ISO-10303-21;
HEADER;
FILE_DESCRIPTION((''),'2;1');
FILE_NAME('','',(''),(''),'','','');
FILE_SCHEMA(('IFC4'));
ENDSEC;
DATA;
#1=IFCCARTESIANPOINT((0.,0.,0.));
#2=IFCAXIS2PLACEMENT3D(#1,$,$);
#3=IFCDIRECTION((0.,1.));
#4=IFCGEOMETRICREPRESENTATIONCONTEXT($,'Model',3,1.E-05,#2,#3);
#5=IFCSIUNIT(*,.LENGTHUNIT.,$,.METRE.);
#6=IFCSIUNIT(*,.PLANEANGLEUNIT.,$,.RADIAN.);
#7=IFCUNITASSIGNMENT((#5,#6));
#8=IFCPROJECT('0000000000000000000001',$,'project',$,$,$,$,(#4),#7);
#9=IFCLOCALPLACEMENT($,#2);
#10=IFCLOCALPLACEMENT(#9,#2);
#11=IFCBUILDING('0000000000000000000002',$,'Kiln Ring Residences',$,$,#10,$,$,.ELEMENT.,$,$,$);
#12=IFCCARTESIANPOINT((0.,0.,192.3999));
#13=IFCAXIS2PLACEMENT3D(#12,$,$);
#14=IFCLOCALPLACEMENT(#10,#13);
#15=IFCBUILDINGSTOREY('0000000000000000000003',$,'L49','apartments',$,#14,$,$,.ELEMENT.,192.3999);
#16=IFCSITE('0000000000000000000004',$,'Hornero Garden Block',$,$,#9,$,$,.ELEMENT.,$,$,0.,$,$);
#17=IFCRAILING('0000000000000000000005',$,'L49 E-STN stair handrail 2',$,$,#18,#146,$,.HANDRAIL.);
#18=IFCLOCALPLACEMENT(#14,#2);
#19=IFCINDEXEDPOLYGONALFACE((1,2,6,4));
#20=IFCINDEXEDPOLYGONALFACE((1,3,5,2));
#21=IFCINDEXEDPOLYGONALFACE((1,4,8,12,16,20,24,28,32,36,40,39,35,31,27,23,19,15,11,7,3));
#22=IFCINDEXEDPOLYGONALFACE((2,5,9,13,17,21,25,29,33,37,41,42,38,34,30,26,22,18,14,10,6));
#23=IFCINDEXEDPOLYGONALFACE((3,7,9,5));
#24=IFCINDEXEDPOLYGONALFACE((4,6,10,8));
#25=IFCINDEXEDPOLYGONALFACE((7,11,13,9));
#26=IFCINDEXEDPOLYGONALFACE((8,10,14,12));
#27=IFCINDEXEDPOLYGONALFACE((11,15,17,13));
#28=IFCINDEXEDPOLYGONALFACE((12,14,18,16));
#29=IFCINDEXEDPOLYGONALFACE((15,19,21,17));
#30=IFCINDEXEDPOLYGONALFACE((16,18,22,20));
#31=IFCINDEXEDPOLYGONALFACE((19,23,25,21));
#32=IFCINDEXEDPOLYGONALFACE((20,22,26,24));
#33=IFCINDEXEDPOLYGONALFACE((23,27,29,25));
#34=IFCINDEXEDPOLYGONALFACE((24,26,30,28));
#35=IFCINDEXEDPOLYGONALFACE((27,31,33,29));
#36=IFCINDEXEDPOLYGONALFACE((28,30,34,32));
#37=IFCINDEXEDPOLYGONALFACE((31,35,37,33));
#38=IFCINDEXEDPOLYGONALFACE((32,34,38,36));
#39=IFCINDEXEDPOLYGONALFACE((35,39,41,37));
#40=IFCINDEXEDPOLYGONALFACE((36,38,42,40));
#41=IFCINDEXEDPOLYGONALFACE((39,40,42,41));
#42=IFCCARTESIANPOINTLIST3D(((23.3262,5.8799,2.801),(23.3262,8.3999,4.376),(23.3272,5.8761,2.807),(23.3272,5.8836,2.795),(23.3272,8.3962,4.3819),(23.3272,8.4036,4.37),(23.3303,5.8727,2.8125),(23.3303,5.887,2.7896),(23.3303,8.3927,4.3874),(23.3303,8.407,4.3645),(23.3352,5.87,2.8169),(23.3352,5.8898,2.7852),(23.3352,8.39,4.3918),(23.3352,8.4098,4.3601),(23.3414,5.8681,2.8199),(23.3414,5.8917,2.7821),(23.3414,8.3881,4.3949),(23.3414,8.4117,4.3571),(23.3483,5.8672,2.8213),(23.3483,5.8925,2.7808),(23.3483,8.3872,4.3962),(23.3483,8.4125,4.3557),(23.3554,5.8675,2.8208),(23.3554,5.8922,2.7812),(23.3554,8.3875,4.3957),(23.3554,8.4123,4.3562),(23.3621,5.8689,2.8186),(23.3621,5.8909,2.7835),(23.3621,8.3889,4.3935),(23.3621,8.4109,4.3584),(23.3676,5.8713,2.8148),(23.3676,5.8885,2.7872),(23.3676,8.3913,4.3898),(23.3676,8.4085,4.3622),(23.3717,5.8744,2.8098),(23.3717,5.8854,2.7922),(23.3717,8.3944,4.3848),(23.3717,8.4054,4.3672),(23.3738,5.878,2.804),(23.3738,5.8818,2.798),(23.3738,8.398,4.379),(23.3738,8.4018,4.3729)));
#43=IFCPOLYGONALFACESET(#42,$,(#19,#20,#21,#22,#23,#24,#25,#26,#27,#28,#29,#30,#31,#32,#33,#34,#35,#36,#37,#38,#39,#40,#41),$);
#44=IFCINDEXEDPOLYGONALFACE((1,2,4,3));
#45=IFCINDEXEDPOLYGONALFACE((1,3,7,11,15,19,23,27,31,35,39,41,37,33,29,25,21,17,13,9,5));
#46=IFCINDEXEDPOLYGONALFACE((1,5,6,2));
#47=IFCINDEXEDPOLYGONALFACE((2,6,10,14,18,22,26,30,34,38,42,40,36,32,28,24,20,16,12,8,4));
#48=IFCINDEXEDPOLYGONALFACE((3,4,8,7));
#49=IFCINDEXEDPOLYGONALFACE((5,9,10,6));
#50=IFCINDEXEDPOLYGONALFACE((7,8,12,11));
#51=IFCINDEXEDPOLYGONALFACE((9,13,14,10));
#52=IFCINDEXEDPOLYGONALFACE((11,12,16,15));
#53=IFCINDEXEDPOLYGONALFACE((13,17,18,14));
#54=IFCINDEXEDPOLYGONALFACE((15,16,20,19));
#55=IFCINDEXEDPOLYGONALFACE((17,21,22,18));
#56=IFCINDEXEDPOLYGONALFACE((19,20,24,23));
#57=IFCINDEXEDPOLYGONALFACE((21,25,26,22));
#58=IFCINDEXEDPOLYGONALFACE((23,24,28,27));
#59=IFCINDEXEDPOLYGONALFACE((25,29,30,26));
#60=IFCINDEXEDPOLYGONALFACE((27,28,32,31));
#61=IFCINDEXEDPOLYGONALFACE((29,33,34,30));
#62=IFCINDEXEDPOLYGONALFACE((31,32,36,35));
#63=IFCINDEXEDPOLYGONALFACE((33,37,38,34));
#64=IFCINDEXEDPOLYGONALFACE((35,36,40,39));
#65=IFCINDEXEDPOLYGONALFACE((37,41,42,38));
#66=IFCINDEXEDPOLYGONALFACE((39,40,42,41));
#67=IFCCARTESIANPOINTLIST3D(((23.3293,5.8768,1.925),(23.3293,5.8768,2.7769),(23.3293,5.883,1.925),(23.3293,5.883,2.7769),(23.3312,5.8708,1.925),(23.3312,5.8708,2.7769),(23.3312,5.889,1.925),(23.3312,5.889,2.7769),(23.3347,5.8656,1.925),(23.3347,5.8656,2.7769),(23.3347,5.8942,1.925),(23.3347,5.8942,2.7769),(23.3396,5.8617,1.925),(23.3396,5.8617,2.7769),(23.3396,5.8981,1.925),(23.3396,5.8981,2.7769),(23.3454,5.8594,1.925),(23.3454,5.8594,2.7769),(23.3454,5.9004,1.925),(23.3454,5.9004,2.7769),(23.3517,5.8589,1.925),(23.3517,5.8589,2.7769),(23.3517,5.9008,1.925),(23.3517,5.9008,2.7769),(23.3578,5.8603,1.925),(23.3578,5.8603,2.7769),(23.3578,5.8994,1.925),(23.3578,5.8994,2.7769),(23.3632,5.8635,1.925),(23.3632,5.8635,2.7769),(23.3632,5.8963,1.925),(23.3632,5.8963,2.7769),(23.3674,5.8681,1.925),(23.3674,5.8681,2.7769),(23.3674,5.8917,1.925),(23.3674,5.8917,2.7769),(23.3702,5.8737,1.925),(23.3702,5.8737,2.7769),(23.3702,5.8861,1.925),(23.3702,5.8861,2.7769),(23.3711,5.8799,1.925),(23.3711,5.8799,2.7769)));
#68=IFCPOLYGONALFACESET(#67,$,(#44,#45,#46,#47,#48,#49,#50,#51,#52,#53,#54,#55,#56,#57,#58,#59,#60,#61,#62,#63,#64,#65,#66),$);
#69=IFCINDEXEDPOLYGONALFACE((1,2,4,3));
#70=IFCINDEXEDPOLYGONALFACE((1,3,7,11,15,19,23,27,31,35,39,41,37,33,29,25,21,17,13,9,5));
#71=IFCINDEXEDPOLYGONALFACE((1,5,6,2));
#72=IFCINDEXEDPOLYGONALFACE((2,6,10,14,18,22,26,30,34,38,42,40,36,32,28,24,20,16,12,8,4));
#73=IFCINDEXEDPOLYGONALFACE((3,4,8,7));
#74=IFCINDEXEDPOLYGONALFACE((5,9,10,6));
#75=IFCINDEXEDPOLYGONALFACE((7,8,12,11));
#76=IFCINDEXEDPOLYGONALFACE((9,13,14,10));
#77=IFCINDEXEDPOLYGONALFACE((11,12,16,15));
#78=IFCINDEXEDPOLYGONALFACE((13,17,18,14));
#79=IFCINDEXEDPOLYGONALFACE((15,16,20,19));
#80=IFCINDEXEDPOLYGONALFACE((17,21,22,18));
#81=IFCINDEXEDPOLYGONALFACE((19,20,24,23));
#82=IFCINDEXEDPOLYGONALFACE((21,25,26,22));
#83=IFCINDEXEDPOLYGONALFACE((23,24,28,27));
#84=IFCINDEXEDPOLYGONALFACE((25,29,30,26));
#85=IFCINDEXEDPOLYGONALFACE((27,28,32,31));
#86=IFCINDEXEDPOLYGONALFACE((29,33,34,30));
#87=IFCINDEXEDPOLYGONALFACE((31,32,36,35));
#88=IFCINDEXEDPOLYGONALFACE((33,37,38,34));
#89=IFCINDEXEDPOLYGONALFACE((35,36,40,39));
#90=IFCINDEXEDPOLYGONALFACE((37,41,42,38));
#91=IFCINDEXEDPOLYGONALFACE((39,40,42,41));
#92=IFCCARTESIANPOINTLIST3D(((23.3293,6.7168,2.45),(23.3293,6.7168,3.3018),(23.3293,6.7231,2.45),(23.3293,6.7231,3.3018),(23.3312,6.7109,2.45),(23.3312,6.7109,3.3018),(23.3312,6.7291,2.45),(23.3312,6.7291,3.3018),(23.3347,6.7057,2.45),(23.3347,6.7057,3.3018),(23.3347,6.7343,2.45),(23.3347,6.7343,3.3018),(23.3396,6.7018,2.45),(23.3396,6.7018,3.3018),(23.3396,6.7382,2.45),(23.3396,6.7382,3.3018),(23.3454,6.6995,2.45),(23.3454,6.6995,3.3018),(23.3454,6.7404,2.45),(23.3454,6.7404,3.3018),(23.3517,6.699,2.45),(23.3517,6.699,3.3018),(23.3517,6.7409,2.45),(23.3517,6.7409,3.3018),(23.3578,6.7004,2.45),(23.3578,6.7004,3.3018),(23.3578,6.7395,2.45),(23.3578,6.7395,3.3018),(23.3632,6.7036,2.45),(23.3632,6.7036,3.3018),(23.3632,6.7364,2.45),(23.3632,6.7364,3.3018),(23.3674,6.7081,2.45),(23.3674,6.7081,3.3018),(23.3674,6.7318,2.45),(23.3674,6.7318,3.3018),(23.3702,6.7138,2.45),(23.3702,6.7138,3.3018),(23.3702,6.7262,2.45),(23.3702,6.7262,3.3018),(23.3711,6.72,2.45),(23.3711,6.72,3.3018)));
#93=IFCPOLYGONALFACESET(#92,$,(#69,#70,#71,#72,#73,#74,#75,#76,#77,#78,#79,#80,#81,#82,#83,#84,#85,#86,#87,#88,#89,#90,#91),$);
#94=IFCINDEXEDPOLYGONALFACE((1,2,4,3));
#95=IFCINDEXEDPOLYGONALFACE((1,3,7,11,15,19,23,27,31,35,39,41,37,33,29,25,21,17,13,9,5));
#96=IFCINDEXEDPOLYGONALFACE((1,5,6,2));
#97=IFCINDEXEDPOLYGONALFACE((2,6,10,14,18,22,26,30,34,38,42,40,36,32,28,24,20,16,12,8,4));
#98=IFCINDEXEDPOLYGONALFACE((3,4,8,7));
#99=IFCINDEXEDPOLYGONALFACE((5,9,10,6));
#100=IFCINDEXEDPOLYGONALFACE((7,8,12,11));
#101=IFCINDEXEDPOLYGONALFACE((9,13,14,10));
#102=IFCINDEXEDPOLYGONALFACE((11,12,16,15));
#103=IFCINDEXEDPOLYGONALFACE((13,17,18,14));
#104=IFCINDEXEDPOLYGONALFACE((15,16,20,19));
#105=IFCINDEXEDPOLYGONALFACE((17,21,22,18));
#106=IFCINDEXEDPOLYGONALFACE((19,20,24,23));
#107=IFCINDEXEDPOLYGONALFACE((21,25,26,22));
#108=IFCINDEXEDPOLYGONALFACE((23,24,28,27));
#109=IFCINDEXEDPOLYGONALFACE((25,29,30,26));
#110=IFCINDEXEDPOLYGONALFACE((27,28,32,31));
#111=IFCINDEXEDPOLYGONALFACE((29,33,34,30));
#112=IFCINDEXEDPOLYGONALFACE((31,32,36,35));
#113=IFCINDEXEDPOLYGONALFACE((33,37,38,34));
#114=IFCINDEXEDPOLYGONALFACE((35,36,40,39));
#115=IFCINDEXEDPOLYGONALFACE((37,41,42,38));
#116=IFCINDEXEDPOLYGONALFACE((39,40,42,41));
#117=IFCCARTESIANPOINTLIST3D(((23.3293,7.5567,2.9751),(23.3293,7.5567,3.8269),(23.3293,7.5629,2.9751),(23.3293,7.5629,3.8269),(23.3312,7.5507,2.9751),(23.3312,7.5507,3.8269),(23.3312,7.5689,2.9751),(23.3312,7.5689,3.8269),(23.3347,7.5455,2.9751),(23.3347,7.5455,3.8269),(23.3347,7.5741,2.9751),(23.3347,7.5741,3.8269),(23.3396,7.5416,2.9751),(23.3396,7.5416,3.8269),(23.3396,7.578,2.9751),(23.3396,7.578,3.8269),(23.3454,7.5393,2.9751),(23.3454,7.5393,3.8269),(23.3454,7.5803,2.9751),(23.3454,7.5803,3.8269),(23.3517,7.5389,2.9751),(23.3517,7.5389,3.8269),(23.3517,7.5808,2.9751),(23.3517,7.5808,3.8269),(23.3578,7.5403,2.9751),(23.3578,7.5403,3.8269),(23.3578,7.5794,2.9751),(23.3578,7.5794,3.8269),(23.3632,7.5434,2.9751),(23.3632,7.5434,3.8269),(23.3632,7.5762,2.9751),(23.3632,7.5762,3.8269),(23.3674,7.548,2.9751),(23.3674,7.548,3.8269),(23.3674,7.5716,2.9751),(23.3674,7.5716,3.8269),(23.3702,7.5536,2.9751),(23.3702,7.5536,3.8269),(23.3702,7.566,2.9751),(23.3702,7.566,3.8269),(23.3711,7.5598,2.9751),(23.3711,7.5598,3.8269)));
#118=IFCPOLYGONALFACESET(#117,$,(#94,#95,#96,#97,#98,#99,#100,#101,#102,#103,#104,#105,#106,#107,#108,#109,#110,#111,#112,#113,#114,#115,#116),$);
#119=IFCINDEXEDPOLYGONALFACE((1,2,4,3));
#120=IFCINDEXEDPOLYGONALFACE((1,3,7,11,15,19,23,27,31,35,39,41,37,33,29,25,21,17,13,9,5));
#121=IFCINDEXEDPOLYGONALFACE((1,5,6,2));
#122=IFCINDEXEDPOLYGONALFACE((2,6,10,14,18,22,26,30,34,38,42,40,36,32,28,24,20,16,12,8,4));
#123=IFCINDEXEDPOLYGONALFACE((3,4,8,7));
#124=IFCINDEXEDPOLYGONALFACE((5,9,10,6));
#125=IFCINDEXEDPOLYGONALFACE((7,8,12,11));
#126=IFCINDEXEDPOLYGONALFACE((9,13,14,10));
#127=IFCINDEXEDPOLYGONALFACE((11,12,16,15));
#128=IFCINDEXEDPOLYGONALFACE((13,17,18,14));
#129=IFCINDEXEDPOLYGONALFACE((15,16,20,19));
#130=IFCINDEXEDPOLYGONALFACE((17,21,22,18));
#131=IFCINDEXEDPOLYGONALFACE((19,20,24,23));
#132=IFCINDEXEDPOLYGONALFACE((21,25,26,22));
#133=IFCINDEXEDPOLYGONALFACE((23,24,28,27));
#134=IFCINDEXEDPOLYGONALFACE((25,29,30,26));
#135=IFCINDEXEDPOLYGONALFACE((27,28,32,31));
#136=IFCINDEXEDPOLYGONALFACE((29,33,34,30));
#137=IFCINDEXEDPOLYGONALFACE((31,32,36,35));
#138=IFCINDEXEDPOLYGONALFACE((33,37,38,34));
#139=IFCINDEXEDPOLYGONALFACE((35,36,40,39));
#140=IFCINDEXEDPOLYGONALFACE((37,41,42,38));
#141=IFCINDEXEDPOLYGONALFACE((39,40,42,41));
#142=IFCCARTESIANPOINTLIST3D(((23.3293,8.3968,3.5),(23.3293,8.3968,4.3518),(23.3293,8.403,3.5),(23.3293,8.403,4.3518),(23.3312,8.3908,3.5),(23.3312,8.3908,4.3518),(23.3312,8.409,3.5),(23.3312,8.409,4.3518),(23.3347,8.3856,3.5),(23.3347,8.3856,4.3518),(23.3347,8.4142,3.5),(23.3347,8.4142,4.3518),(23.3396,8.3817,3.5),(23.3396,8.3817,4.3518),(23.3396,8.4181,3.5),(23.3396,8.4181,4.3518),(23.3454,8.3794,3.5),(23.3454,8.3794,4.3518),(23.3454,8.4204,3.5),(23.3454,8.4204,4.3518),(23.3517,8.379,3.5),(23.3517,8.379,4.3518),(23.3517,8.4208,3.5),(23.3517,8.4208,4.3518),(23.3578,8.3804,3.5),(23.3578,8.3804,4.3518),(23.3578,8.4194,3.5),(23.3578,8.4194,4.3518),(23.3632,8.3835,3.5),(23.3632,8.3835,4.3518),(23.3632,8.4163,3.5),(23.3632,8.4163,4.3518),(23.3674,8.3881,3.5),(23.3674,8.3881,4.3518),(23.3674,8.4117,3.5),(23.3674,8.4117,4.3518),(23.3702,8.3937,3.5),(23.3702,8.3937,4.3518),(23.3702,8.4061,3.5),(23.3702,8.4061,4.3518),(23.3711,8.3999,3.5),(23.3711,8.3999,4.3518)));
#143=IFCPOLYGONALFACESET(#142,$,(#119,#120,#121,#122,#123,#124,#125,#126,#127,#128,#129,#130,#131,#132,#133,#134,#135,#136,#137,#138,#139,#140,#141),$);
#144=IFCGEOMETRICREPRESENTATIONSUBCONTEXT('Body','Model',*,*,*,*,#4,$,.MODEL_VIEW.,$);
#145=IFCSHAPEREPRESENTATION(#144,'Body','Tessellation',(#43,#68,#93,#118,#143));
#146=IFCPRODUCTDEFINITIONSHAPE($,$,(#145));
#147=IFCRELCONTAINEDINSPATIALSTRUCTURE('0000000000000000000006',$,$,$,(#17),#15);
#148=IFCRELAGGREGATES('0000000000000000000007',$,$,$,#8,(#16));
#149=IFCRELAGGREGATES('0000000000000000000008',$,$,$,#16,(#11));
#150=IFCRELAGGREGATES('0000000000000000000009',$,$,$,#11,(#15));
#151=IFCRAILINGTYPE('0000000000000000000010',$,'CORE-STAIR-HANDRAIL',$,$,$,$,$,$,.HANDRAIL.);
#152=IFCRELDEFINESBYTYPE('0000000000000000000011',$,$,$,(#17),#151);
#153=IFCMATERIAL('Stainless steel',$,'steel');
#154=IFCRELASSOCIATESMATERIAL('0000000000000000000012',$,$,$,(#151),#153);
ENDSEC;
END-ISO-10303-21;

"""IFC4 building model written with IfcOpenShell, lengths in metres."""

from ifc_helpers import new_model, si_unit, direction, frame, origin, origin_2d, place, context, subcontext, project, spatial, circle, extrude, material, type_object, element, save


model = new_model("IFC4")

# Units and contexts
model_context = context("Model", 3, precision=1e-05, world=origin(), true_north=direction((0.0, 1.0)))
body_context = subcontext(model_context, "Body", "Model", "MODEL_VIEW")
ifc_project = project(units=[si_unit("LENGTHUNIT", "METRE"), si_unit("PLANEANGLEUNIT", "RADIAN")], contexts=[model_context])

# Site, building, storey
site_placement = place(None, origin())
site = spatial("IfcSite", under=ifc_project, at=site_placement, Name="Hornero Garden Block", CompositionType="ELEMENT", RefElevation=0.0)
building_placement = place(site_placement, origin())
building = spatial("IfcBuilding", under=site, at=building_placement, Name="Kiln Ring Residences", CompositionType="ELEMENT")
storey_placement = place(building_placement, frame((0.0, 0.0, 192.3999)))
storey = spatial("IfcBuildingStorey", under=building, at=storey_placement, Name="L49", Description="apartments", CompositionType="ELEMENT", Elevation=192.3999)

# Railing
ifc_material_1 = material(Name="Stainless steel", Category="steel")
railing_type_1 = type_object("IfcRailingType", Name="CORE-STAIR-HANDRAIL", PredefinedType="HANDRAIL", material=ifc_material_1)
railing_1_placement = place(storey_placement, frame((23.3501, 5.8799, 1.925)))
element("IfcRailing", 1, at=railing_1_placement, inside=storey, type_object=railing_type_1, Name="L49 E-STN stair handrail 2", PredefinedType="HANDRAIL", context=body_context, shape_type="SweptSolid", body=[
    extrude(circle(Radius=0.0239, at=origin_2d()), frame((0.0, 0.0, 0.876), z_axis=(0.0, 0.848008, 0.529984), x_axis=(-1.0, 0.0, 0.0)), (0.0, 0.0, 1.0), 2.9717),
    extrude(circle(Radius=0.021, at=origin_2d()), origin(), (0.0, 0.0, 1.0), 0.8518),
    extrude(circle(Radius=0.021, at=origin_2d()), frame((0.0, 0.8401, 0.5249)), (0.0, 0.0, 1.0), 0.8518),
    extrude(circle(Radius=0.021, at=origin_2d()), frame((0.0, 1.6799, 1.05)), (0.0, 0.0, 1.0), 0.8518),
    extrude(circle(Radius=0.021, at=origin_2d()), frame((0.0, 2.52, 1.575)), (0.0, 0.0, 1.0), 0.8518),
])

save(model, "model.ifc")
